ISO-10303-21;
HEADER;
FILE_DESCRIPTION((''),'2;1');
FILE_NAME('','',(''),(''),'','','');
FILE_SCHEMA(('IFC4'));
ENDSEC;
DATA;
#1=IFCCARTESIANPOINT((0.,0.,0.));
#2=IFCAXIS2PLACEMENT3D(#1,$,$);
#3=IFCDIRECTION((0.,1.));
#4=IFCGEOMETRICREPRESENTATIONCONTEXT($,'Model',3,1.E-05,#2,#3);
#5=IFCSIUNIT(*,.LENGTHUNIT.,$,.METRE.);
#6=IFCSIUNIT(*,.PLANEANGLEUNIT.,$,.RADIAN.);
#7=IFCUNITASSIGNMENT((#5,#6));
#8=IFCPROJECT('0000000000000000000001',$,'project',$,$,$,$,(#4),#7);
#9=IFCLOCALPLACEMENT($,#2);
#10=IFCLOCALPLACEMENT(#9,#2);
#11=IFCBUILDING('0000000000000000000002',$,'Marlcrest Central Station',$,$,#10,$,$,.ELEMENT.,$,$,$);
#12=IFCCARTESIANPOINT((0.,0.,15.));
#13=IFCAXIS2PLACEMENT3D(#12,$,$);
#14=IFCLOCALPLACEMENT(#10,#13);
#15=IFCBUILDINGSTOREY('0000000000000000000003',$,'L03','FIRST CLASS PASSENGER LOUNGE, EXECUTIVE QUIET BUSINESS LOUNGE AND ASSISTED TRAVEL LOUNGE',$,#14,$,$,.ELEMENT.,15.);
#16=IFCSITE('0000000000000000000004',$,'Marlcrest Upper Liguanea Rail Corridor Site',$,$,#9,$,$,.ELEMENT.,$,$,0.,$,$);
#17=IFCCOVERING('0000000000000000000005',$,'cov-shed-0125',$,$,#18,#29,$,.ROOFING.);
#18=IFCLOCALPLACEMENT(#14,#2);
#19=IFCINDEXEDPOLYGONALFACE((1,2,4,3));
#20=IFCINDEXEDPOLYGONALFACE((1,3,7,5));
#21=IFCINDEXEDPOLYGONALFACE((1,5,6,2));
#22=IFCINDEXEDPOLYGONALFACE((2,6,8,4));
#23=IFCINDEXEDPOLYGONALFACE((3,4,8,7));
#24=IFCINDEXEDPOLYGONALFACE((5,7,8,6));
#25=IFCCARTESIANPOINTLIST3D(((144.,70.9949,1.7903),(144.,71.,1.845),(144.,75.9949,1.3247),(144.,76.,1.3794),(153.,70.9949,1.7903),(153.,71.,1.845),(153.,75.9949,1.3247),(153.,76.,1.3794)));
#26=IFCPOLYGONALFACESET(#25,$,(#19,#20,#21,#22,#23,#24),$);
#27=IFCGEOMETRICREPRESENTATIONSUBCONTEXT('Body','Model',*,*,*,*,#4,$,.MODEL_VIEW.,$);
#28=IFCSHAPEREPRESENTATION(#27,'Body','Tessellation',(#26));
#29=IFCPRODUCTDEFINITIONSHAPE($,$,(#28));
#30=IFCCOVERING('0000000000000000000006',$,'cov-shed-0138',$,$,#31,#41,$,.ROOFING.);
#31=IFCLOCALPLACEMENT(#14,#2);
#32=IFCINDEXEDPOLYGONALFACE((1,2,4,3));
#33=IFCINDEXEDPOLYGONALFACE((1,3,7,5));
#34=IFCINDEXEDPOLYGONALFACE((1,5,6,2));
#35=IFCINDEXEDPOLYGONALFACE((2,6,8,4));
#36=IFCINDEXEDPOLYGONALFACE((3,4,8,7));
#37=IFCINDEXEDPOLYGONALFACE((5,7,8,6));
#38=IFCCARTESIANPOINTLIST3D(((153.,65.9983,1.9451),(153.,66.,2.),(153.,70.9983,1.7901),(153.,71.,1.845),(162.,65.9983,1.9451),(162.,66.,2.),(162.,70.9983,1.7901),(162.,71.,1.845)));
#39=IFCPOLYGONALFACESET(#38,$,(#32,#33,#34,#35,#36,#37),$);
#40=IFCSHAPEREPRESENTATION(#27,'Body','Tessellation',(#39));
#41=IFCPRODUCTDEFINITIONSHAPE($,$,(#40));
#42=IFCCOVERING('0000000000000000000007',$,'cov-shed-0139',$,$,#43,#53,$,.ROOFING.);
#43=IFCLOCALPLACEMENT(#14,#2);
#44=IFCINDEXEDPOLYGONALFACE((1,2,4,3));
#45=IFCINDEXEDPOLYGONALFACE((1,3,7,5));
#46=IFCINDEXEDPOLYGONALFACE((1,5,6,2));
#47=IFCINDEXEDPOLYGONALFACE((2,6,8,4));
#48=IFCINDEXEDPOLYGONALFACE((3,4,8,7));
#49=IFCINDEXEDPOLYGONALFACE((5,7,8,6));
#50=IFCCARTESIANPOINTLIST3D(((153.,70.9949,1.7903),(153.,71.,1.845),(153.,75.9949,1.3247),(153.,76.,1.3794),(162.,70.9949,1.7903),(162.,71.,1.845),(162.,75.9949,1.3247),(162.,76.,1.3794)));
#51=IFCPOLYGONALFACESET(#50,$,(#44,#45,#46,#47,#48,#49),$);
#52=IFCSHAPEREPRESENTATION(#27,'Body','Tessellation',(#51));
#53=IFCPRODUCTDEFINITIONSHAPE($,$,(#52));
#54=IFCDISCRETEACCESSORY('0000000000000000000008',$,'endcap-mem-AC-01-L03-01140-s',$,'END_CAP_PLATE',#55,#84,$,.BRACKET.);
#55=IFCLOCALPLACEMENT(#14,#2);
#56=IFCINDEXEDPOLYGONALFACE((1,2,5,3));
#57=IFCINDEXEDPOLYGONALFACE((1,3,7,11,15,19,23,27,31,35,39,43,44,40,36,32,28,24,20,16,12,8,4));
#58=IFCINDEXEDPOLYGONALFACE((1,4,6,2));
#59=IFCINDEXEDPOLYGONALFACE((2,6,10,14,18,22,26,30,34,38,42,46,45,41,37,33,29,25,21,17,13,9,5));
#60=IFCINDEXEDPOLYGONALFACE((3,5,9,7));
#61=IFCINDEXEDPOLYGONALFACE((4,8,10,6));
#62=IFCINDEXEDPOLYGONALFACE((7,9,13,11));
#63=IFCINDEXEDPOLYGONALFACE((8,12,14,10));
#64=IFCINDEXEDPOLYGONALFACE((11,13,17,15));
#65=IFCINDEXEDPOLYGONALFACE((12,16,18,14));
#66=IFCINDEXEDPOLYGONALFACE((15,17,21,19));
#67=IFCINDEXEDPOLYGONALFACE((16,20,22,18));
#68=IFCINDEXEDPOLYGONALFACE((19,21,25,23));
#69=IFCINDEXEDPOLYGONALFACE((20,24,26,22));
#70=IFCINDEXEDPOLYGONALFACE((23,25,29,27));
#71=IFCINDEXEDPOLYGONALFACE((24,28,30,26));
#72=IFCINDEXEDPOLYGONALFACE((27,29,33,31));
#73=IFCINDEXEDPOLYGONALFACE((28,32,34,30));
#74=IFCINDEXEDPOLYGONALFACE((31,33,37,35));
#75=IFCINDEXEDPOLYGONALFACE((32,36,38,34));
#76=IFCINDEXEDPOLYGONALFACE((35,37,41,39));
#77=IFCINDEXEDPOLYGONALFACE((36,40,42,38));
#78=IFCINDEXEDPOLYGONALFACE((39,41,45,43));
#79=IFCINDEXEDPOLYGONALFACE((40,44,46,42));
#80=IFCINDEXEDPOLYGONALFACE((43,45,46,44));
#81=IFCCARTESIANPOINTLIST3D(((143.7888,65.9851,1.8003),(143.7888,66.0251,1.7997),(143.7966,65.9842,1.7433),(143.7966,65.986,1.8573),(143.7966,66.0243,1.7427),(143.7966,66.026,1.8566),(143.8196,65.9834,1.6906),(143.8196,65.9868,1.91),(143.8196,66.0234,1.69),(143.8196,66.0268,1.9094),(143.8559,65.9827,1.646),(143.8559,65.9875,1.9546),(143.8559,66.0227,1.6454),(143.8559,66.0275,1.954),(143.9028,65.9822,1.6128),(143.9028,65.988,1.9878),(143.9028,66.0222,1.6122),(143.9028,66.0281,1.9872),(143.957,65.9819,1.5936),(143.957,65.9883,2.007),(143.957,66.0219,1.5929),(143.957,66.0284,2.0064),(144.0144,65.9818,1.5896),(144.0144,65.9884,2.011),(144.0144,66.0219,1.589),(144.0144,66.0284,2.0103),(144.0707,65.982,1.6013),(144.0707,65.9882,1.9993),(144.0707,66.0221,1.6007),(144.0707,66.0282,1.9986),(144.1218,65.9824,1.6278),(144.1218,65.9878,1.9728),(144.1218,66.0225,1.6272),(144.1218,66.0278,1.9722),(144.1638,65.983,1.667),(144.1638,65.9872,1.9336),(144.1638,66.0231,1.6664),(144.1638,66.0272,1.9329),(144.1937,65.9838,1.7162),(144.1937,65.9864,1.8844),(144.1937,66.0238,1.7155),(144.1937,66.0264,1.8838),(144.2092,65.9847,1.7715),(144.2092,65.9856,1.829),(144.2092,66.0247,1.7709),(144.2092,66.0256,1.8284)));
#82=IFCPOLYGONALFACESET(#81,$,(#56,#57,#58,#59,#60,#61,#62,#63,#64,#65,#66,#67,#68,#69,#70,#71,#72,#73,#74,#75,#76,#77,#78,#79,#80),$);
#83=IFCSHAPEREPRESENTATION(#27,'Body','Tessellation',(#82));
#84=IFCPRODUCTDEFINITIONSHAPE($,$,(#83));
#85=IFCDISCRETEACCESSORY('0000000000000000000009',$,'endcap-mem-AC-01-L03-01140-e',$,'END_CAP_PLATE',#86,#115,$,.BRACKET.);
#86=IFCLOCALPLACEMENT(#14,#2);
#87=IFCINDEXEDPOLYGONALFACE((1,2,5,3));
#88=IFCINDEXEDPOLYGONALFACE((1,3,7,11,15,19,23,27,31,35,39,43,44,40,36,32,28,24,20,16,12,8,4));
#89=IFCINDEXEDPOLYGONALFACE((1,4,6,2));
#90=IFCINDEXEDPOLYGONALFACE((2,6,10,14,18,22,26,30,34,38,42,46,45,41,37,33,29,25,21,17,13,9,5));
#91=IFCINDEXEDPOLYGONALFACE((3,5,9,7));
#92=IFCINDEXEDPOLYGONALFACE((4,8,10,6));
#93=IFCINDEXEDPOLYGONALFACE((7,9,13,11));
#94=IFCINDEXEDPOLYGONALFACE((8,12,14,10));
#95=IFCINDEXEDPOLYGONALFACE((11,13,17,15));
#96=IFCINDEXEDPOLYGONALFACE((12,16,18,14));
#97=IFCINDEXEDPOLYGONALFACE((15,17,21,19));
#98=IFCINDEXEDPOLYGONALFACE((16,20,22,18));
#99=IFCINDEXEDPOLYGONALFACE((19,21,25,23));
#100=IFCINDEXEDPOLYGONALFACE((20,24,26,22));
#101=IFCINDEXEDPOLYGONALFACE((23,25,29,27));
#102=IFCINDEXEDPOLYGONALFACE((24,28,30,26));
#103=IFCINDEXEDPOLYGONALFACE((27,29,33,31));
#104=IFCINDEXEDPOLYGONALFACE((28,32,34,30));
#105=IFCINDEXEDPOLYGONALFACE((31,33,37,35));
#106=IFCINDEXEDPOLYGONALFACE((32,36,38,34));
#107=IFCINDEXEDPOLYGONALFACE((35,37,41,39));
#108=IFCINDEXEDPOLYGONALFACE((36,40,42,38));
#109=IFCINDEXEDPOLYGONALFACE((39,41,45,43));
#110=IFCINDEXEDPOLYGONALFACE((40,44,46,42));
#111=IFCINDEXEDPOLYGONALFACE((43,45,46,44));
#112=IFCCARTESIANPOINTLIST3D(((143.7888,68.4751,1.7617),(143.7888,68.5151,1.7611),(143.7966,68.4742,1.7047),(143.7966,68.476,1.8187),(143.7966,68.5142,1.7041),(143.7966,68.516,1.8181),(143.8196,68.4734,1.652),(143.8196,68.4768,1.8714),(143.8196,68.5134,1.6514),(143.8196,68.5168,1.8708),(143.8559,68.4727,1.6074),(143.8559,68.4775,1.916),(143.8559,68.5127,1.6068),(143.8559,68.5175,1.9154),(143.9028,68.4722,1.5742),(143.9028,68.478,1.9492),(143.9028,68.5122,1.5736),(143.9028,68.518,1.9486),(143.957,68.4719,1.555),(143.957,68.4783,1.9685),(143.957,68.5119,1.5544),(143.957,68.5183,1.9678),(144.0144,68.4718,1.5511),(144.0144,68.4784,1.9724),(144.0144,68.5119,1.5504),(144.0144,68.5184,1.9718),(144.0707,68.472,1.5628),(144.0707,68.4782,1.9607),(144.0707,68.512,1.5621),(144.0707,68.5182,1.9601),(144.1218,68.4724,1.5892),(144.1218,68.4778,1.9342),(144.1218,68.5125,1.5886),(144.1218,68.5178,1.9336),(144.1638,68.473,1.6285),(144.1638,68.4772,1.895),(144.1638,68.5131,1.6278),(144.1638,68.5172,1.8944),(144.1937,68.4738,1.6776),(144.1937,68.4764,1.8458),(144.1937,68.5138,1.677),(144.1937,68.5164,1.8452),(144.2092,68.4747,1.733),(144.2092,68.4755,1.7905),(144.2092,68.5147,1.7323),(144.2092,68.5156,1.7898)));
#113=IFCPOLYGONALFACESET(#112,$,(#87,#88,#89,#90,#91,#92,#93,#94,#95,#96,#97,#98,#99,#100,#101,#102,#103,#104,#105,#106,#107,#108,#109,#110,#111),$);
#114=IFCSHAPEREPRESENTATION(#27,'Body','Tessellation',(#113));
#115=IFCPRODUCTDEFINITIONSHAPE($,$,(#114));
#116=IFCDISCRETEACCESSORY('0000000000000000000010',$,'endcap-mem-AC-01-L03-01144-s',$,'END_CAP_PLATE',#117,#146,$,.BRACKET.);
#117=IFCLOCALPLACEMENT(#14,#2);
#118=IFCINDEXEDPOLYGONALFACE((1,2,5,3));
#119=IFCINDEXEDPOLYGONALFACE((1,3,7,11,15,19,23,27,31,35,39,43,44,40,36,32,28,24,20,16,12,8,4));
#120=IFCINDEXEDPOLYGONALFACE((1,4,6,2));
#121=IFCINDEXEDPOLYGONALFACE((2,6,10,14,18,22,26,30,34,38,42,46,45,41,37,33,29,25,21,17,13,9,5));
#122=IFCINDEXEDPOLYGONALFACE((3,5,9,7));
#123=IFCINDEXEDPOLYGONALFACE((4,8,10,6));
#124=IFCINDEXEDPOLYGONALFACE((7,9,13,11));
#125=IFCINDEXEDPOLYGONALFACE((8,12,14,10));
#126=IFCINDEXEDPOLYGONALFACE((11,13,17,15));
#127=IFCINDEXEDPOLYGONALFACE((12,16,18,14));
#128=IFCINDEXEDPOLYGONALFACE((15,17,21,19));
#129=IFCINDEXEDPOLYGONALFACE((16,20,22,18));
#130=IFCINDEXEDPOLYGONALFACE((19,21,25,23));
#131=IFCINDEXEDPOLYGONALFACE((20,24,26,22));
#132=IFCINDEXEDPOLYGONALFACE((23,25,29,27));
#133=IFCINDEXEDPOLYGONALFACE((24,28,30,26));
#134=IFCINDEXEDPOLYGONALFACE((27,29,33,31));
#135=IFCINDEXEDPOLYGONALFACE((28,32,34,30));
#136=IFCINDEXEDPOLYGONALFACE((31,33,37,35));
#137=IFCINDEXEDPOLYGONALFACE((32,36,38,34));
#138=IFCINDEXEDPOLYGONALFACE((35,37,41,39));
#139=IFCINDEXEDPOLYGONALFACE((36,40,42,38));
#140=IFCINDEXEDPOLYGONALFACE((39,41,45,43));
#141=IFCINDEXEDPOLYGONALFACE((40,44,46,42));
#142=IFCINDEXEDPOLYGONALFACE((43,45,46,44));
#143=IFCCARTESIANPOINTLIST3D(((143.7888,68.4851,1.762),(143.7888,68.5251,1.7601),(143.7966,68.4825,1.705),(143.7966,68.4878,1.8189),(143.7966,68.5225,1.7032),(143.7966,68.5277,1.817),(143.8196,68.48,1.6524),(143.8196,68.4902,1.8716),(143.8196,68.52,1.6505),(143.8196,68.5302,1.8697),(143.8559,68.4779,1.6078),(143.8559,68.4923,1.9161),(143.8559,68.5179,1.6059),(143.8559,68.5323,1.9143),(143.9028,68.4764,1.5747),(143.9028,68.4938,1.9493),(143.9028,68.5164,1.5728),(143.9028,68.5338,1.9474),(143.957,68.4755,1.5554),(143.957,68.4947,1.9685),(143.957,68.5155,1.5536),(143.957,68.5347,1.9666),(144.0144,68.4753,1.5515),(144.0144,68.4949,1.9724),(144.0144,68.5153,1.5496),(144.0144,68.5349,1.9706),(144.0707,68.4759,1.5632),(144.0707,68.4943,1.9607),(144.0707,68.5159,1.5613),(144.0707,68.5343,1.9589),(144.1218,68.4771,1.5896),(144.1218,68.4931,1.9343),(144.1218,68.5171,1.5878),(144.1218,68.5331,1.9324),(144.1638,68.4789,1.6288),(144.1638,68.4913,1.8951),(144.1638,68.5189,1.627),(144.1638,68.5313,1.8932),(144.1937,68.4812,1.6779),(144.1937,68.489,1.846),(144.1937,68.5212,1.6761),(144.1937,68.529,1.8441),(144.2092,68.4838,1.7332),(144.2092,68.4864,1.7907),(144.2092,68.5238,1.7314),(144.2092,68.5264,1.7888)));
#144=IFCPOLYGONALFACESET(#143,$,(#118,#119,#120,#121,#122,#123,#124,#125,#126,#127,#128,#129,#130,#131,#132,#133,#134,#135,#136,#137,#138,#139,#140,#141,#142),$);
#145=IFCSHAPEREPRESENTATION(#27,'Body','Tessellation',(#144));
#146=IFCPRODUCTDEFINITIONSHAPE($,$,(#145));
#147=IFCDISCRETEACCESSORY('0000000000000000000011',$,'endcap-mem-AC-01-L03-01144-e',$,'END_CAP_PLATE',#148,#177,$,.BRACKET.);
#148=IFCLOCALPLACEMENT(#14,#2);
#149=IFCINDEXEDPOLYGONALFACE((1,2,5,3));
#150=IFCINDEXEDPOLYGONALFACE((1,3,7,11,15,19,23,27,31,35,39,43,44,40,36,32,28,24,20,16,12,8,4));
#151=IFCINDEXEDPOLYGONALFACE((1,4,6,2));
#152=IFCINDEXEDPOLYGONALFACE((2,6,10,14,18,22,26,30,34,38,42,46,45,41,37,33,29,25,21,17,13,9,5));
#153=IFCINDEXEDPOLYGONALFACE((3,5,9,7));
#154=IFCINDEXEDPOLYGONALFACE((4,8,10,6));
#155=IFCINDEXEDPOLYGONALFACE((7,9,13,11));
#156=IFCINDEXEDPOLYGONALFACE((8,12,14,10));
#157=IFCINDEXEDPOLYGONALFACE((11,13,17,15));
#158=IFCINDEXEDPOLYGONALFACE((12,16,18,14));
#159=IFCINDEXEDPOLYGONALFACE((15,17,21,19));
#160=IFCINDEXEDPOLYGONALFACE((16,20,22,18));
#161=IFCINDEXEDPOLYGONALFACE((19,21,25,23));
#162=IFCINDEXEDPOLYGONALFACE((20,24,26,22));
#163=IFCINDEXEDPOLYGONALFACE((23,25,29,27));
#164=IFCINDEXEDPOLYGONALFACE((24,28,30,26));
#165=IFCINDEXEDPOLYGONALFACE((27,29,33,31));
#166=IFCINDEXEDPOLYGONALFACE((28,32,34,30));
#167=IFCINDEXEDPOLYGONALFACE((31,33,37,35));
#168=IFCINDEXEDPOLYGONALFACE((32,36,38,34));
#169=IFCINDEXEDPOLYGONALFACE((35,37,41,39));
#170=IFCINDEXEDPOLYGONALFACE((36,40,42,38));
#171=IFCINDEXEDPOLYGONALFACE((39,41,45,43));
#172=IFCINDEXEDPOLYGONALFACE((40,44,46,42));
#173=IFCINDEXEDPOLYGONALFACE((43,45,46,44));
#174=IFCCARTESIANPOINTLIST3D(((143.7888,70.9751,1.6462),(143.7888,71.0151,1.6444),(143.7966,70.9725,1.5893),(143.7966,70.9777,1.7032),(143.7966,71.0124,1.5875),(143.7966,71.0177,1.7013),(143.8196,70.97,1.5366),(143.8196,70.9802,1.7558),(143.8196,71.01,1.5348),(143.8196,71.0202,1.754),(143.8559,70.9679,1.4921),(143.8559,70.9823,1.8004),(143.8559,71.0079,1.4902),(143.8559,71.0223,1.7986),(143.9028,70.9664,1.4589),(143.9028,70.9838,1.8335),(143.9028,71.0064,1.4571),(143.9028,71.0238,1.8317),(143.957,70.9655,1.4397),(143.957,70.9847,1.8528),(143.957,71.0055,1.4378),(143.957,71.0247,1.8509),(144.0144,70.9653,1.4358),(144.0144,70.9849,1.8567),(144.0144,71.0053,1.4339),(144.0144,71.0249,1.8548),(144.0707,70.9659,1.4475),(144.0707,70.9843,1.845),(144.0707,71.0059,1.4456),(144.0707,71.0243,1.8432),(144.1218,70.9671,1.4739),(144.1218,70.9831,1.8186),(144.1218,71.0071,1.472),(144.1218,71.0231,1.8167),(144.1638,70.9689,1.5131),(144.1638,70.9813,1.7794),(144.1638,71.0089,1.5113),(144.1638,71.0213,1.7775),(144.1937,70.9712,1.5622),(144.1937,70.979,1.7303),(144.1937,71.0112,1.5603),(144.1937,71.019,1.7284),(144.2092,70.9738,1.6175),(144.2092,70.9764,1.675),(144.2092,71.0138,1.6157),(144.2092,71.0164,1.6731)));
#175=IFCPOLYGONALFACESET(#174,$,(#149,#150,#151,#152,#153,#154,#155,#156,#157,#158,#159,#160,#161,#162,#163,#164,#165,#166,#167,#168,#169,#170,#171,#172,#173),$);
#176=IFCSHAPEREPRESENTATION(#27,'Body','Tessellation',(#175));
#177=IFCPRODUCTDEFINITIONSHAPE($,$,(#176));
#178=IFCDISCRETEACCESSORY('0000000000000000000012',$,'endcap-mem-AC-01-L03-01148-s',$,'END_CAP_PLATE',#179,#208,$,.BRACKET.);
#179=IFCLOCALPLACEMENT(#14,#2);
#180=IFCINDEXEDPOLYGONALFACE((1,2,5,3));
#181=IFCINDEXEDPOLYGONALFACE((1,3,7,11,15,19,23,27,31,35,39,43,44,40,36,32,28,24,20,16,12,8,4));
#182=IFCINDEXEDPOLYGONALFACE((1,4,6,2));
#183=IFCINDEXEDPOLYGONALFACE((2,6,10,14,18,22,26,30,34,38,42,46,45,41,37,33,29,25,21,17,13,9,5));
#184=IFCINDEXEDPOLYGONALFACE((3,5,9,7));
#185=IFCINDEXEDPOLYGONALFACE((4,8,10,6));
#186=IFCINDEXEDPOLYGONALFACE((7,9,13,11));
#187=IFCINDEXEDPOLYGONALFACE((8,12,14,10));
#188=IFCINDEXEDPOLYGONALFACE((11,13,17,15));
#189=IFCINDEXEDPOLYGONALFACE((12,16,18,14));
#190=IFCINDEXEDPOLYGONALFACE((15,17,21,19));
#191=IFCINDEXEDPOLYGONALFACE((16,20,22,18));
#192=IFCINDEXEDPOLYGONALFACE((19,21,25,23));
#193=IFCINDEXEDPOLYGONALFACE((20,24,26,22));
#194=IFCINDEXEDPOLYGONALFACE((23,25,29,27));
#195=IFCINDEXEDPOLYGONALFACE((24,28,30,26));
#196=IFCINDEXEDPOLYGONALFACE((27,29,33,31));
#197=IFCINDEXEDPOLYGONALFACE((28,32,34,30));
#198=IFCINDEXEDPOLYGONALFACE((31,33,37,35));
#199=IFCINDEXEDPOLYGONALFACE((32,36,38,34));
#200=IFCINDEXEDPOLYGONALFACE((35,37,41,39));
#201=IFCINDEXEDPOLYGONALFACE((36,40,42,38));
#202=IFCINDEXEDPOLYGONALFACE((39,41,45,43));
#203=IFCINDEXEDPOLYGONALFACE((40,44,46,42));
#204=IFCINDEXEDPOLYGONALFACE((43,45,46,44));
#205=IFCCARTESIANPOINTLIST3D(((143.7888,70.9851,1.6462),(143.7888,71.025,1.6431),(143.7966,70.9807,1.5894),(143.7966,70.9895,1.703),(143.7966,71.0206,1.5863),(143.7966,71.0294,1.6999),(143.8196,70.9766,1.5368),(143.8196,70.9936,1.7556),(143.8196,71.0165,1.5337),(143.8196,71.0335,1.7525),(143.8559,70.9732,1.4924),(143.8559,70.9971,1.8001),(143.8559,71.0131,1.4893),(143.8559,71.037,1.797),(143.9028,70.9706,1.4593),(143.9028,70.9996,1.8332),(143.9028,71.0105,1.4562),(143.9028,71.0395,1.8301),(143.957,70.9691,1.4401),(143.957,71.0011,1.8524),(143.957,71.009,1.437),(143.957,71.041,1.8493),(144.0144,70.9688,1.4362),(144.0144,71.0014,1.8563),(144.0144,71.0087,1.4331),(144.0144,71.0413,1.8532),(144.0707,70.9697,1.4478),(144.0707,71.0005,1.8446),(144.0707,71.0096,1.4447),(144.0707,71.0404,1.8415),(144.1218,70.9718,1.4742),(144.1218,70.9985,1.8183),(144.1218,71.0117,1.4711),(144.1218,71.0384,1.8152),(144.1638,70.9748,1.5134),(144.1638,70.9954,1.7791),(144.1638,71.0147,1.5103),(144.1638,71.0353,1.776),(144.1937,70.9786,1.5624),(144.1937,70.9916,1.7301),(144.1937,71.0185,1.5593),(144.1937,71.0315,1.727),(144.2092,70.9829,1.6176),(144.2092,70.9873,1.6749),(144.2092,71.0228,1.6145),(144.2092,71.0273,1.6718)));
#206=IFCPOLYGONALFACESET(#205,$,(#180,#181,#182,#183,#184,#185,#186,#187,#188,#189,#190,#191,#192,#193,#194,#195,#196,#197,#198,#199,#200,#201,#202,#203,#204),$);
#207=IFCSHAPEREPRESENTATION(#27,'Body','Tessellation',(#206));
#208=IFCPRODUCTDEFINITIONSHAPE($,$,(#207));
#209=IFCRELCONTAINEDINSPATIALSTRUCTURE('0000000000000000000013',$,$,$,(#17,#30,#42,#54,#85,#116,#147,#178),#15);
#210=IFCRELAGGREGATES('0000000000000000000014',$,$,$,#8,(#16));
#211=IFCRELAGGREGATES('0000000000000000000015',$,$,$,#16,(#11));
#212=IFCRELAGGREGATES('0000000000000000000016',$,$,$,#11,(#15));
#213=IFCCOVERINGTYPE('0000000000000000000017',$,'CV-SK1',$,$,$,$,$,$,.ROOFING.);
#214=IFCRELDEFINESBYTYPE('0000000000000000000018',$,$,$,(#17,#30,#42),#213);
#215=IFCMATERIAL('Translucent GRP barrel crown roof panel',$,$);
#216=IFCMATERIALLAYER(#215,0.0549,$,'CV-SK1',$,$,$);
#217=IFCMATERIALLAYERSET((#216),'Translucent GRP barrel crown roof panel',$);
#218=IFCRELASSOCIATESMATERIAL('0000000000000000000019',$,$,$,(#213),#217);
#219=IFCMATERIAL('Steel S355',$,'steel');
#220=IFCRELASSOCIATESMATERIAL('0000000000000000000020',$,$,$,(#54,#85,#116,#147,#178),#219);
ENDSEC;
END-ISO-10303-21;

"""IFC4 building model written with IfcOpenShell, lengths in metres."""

from ifc_helpers import new_model, si_unit, direction, frame, origin, origin_2d, place, context, subcontext, project, spatial, polyline, circle, outline, extrude, material, layer, layer_set, type_object, element, save


model = new_model("IFC4")

# Units and contexts
model_context = context("Model", 3, precision=1e-05, world=origin(), true_north=direction((0.0, 1.0)))
body_context = subcontext(model_context, "Body", "Model", "MODEL_VIEW")
ifc_project = project(units=[si_unit("LENGTHUNIT", "METRE"), si_unit("PLANEANGLEUNIT", "RADIAN")], contexts=[model_context])

# Site, building, storey
site_placement = place(None, origin())
site = spatial("IfcSite", under=ifc_project, at=site_placement, Name="Marlcrest Upper Liguanea Rail Corridor Site", CompositionType="ELEMENT", RefElevation=0.0)
building_placement = place(site_placement, origin())
building = spatial("IfcBuilding", under=site, at=building_placement, Name="Marlcrest Central Station", CompositionType="ELEMENT")
storey_placement = place(building_placement, frame((0.0, 0.0, 15.0)))
storey = spatial("IfcBuildingStorey", under=building, at=storey_placement, Name="L03", Description="FIRST CLASS PASSENGER LOUNGE, EXECUTIVE QUIET BUSINESS LOUNGE AND ASSISTED TRAVEL LOUNGE", CompositionType="ELEMENT", Elevation=15.0)

# Shared definitions
ifc_material_1 = material(Name="Steel S355", Category="steel")

# Coverings
ifc_material_2 = material(Name="Translucent GRP barrel crown roof panel")
ifc_layer_1 = layer(ifc_material_2, 0.0549, Name="CV-SK1")
ifc_layer_set_1 = layer_set([ifc_layer_1], Name="Translucent GRP barrel crown roof panel")
covering_type_1 = type_object("IfcCoveringType", Name="CV-SK1", PredefinedType="ROOFING", material=ifc_layer_set_1)
covering_1_placement = place(storey_placement, frame((144.0, 71.0, 1.845), z_axis=(0.0, 0.092714, 0.995693), x_axis=(1.0, 0.0, 0.0)))
element("IfcCovering", 1, at=covering_1_placement, inside=storey, type_object=covering_type_1, Name="cov-shed-0125", PredefinedType="ROOFING", context=body_context, shape_type="SweptSolid", body=[
    extrude(outline(polyline([(0.0, 0.0), (9.0, 0.0), (9.0, 5.0216), (0.0, 5.0216), (0.0, 0.0)])), origin(), (0.0, 0.0, -1.0), 0.0549),
])
covering_2_placement = place(storey_placement, frame((153.0, 66.0, 2.0), z_axis=(0.0, 0.030991, 0.99952), x_axis=(1.0, 0.0, 0.0)))
element("IfcCovering", 2, at=covering_2_placement, inside=storey, type_object=covering_type_1, Name="cov-shed-0138", PredefinedType="ROOFING", context=body_context, shape_type="SweptSolid", body=[
    extrude(outline(polyline([(0.0, 0.0), (9.0, 0.0), (9.0, 5.0024), (0.0, 5.0024), (0.0, 0.0)])), origin(), (0.0, 0.0, -1.0), 0.0549),
])
covering_3_placement = place(storey_placement, frame((153.0, 71.0, 1.845), z_axis=(0.0, 0.092714, 0.995693), x_axis=(1.0, 0.0, 0.0)))
element("IfcCovering", 3, at=covering_3_placement, inside=storey, type_object=covering_type_1, Name="cov-shed-0139", PredefinedType="ROOFING", context=body_context, shape_type="SweptSolid", body=[
    extrude(outline(polyline([(0.0, 0.0), (9.0, 0.0), (9.0, 5.0216), (0.0, 5.0216), (0.0, 0.0)])), origin(), (0.0, 0.0, -1.0), 0.0549),
])

# Discrete accessories
for number, where, z_axis, x_axis, name in (
    (4, (144.0, 65.9851, 1.8003), (0.0, 0.999879, -0.015525), (-1.0, 0.0, 0.0), "endcap-mem-AC-01-L03-01140-s"),
    (5, (144.0, 68.4751, 1.7617), (0.0, 0.999879, -0.015525), (-1.0, 0.0, 0.0), "endcap-mem-AC-01-L03-01140-e"),
    (6, (144.0, 68.4851, 1.762), (0.0, 0.998921, -0.046434), (-1.0, 0.0, 0.0), "endcap-mem-AC-01-L03-01144-s"),
    (7, (144.0, 70.9751, 1.6462), (0.0, 0.998921, -0.046434), (-1.0, 0.0, 0.0), "endcap-mem-AC-01-L03-01144-e"),
    (8, (144.0, 70.9851, 1.6462), (0.0, 0.997, -0.077404), (-1.0, 0.0, 0.0), "endcap-mem-AC-01-L03-01148-s"),
):
    element("IfcDiscreteAccessory", number, at=place(storey_placement, frame(where, z_axis=z_axis, x_axis=x_axis)), inside=storey, material=ifc_material_1, Name=name, ObjectType="END_CAP_PLATE", PredefinedType="BRACKET", context=body_context, shape_type="SweptSolid", body=[
        extrude(circle(Radius=0.2112, at=origin_2d()), origin(), (0.0, 0.0, 1.0), 0.04),
    ])

save(model, "model.ifc")
